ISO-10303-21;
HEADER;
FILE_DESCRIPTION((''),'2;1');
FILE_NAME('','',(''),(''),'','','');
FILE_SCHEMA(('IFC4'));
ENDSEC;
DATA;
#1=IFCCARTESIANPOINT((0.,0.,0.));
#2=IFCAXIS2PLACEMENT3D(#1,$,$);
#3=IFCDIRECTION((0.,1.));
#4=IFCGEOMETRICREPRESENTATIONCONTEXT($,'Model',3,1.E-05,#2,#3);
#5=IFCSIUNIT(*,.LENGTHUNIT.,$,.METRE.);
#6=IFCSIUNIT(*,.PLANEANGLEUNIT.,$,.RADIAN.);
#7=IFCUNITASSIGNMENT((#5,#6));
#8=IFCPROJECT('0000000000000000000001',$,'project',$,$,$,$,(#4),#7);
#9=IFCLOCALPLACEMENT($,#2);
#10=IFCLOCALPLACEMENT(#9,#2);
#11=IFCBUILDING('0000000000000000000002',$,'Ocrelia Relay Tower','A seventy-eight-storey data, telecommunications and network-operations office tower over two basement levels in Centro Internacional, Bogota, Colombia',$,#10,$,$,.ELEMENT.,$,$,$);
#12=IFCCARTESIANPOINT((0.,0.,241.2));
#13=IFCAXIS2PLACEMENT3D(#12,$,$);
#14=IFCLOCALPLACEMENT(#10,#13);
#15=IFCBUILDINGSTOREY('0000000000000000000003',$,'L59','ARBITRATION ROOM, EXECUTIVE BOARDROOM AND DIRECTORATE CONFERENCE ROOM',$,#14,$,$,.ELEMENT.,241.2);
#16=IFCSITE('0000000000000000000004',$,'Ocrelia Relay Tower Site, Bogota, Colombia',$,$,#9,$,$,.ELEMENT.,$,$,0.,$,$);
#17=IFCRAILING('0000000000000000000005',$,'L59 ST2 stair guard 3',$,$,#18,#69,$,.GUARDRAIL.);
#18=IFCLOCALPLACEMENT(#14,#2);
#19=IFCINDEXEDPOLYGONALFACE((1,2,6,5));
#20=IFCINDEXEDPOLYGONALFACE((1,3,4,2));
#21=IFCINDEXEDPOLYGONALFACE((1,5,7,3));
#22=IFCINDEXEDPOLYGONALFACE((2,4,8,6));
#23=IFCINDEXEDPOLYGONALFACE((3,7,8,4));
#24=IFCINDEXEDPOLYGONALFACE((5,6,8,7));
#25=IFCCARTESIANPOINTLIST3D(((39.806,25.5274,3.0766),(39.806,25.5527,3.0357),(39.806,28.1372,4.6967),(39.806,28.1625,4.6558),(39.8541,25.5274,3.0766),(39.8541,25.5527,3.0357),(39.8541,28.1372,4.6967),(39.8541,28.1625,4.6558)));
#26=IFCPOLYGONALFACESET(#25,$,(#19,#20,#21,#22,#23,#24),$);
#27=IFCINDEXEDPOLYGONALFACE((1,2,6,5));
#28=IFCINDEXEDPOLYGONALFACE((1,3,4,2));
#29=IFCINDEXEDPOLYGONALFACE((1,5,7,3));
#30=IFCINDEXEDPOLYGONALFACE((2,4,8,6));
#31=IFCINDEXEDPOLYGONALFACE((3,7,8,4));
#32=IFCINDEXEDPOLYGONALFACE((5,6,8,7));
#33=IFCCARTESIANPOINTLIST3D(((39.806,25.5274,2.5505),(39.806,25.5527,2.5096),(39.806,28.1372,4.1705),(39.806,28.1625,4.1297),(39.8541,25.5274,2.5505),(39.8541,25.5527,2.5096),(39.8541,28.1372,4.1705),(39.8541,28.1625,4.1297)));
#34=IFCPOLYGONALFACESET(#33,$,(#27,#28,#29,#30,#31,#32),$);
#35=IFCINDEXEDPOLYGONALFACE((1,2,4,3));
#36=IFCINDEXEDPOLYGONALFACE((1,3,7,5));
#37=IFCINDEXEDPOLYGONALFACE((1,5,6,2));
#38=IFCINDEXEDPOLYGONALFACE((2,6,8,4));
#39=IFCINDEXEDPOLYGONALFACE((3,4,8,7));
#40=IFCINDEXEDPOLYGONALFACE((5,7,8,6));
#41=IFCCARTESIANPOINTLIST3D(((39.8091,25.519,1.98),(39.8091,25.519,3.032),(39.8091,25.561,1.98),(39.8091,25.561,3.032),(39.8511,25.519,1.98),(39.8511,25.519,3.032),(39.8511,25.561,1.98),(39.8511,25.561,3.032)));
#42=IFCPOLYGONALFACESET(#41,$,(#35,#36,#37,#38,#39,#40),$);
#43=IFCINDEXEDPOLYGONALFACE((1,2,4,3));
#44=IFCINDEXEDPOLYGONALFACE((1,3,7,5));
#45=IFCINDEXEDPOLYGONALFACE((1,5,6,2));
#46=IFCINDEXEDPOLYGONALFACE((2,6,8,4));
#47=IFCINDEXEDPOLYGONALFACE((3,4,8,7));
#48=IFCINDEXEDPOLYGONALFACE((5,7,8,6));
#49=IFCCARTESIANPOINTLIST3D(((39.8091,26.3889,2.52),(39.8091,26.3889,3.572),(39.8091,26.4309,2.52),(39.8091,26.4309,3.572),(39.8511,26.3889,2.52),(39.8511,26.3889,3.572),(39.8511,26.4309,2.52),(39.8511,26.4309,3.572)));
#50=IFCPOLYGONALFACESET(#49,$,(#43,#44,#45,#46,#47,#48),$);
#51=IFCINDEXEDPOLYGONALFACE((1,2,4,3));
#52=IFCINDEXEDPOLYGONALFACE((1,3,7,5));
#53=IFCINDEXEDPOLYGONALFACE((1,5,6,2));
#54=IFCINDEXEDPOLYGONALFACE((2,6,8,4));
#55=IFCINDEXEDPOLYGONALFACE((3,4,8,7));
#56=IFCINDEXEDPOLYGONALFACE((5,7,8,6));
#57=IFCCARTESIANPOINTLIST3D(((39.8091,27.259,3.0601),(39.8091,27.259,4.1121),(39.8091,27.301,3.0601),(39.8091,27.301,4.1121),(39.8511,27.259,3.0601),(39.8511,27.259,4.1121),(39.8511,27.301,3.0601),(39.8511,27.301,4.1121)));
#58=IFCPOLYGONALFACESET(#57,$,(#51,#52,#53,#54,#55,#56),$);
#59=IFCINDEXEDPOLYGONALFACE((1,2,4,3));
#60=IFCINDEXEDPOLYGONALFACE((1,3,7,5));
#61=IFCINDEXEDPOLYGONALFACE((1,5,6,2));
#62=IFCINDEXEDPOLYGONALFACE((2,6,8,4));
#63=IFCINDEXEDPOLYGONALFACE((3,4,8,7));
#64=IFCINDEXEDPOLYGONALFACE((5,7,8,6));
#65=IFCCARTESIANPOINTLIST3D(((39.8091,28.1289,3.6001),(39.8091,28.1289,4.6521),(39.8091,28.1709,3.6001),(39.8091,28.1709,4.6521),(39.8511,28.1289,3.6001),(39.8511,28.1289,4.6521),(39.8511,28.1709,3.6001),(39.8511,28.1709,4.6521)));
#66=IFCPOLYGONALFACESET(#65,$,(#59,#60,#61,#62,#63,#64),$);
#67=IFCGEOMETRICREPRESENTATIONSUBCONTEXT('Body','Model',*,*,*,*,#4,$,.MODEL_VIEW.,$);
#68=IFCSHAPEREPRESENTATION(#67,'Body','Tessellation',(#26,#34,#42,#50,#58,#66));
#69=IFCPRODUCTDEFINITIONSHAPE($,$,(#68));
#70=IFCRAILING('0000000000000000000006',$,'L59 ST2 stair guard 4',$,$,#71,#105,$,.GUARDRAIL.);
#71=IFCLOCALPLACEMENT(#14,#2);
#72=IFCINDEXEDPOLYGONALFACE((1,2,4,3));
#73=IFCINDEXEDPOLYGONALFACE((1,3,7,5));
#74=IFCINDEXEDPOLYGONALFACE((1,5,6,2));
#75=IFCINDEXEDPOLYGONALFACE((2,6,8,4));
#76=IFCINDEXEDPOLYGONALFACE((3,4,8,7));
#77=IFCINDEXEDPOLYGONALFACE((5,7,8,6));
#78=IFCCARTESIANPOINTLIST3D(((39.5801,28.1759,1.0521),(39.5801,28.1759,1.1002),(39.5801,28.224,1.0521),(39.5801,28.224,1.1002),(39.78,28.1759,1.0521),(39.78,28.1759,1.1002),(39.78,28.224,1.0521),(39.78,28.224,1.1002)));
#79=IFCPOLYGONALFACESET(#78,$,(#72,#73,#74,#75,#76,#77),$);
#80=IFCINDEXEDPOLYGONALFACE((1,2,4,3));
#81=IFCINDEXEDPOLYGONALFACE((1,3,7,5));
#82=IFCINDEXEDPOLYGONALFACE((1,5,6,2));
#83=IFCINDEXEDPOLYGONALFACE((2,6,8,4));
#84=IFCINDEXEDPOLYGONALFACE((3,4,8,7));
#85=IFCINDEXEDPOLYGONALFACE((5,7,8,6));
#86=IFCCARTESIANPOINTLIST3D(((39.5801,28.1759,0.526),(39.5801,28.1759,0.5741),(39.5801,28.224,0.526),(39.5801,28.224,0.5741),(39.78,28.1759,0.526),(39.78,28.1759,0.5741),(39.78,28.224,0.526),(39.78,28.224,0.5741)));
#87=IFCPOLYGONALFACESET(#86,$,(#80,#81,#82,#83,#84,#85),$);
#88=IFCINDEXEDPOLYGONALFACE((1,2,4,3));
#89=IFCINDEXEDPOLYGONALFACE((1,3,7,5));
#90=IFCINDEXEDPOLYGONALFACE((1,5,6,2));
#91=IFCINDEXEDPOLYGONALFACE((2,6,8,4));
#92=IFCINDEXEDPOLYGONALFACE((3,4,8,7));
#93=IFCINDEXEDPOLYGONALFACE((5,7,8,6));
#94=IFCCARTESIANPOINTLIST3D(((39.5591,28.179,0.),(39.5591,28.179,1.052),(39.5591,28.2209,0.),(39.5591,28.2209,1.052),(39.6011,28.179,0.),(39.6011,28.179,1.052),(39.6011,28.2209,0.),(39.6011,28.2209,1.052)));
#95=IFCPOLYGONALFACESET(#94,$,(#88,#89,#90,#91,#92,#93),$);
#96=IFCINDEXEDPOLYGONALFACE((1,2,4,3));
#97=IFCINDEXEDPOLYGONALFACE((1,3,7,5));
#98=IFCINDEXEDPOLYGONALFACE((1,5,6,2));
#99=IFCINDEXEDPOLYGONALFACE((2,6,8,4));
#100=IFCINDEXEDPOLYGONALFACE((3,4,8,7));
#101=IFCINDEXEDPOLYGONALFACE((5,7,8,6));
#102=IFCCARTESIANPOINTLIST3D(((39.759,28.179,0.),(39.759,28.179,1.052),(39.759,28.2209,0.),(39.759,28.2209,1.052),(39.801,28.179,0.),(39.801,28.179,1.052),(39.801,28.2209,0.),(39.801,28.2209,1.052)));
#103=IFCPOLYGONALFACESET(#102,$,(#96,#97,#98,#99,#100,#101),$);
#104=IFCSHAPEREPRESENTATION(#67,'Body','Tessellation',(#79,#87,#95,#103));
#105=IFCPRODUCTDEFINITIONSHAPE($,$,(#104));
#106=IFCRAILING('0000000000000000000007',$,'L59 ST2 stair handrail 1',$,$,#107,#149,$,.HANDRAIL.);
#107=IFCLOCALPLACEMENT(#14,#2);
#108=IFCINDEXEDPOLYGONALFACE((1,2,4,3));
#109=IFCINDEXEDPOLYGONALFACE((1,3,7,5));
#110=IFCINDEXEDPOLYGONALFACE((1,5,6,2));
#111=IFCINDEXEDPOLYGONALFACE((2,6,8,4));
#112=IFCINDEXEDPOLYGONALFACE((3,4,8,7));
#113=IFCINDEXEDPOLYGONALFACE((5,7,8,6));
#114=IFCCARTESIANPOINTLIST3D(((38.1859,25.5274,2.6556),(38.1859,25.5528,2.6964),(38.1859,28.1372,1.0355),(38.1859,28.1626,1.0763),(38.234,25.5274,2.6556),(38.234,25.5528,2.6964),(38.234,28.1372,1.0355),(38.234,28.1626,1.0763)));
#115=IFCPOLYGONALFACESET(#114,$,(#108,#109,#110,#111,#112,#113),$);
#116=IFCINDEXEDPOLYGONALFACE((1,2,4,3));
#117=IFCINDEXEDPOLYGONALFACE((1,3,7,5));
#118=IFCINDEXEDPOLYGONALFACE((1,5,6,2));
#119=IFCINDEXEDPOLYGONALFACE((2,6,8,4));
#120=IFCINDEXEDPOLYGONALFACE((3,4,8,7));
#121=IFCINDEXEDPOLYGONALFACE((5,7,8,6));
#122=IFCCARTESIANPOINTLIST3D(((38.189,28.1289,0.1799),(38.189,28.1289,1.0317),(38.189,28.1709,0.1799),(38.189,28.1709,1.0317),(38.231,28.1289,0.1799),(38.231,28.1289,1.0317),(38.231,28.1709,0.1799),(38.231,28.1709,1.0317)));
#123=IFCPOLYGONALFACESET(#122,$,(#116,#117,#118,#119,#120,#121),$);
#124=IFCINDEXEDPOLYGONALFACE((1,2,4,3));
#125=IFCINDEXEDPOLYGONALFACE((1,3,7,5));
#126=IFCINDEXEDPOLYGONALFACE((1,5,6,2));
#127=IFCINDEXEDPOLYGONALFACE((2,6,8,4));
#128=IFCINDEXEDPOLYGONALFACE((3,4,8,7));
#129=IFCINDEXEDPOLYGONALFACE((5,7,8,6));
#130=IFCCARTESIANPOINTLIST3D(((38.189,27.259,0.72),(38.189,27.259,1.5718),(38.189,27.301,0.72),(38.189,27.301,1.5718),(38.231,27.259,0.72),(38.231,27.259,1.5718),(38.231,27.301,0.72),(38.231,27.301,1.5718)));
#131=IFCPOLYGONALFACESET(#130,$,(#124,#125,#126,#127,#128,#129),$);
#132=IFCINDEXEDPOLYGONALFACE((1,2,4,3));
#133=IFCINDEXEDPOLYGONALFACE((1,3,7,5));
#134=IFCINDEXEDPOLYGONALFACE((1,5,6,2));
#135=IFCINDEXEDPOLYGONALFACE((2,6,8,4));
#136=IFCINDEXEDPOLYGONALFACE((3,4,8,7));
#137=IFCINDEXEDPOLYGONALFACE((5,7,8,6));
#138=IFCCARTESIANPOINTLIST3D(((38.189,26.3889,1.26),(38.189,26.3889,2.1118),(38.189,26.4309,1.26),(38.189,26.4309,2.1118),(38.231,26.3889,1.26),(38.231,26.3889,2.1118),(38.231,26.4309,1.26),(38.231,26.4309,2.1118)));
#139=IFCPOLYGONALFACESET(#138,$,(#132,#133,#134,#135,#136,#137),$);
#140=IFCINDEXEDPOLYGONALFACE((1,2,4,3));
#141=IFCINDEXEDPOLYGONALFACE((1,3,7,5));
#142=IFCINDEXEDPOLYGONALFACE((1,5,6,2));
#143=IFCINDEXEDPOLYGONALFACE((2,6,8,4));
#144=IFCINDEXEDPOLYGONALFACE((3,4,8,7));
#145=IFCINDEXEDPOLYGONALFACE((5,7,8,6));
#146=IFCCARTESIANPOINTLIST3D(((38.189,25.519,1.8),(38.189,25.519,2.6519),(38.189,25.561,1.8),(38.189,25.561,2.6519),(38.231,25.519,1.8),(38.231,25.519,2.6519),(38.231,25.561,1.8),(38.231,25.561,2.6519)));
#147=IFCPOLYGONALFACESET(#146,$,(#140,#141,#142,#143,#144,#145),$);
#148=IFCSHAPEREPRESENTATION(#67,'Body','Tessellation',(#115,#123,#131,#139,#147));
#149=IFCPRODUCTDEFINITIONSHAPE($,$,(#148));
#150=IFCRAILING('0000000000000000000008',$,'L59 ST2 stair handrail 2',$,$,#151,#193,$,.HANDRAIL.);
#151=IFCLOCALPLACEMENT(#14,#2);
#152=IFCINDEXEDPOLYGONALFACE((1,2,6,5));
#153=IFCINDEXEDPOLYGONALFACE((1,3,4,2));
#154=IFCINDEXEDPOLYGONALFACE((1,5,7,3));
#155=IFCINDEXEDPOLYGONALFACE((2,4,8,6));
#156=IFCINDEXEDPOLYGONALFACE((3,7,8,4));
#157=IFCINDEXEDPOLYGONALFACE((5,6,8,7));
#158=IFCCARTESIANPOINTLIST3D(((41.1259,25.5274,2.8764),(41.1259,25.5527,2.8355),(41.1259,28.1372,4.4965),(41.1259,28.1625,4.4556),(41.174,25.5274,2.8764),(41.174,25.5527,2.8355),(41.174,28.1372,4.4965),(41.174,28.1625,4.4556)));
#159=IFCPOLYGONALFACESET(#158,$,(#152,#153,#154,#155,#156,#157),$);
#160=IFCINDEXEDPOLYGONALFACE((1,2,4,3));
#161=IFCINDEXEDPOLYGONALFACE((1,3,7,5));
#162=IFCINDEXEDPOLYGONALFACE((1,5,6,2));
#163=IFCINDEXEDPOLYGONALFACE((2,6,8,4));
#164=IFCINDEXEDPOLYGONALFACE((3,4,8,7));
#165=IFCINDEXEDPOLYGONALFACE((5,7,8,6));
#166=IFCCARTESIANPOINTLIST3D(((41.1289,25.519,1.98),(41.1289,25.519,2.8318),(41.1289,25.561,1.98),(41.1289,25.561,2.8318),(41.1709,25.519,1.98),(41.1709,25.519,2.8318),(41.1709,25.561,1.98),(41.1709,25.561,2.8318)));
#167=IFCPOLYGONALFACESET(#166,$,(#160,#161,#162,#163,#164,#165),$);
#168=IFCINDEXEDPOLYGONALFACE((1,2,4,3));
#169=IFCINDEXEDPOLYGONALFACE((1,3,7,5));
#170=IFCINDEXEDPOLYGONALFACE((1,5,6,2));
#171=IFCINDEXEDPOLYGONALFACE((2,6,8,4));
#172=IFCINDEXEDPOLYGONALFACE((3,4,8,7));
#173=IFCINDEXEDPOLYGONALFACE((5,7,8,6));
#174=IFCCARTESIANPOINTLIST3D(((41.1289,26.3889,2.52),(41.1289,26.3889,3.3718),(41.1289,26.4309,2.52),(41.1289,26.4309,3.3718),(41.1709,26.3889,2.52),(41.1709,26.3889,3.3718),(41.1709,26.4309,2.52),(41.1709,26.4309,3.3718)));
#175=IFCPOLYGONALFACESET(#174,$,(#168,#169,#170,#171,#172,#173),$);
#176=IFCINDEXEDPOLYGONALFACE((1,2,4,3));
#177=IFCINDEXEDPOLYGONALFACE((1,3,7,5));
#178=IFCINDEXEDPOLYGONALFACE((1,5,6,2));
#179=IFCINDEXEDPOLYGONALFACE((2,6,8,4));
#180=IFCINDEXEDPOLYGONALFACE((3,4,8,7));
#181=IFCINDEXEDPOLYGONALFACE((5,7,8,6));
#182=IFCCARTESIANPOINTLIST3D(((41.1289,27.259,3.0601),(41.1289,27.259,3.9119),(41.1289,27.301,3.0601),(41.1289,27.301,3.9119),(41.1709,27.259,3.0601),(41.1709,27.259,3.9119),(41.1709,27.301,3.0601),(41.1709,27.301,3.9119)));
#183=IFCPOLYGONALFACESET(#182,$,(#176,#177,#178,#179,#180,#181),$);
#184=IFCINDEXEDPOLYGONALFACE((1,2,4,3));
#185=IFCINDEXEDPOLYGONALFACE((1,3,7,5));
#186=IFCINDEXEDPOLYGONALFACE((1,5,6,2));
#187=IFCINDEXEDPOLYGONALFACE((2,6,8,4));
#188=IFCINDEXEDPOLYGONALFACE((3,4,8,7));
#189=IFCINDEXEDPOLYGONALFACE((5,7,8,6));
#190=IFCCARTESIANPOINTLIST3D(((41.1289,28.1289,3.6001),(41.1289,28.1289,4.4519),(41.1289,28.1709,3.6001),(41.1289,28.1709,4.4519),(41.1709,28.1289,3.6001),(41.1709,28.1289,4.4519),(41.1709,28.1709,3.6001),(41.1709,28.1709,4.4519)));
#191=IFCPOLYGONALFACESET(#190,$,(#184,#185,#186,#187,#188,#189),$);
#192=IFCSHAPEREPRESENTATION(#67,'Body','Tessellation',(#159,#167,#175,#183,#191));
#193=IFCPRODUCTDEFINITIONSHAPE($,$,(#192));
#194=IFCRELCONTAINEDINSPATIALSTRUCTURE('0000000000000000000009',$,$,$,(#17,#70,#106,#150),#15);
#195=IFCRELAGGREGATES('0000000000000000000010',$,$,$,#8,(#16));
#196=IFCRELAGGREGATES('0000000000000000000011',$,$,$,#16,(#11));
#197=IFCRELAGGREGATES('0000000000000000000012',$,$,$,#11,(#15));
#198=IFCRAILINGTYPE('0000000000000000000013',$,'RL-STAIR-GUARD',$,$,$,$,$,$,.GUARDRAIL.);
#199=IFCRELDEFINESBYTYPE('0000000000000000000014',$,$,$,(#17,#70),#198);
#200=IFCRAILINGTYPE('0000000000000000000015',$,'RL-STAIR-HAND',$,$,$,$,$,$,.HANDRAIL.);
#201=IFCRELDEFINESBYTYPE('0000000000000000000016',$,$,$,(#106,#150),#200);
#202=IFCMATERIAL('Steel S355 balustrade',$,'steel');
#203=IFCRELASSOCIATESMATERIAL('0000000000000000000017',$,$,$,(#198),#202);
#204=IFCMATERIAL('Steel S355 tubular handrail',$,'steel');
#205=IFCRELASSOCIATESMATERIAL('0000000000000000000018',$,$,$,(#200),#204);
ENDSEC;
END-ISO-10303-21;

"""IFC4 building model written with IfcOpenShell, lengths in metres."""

from ifc_helpers import new_model, si_unit, direction, frame, origin, origin_2d, place, context, subcontext, project, spatial, rectangle, extrude, material, type_object, element, save


model = new_model("IFC4")

# Units and contexts
model_context = context("Model", 3, precision=1e-05, world=origin(), true_north=direction((0.0, 1.0)))
body_context = subcontext(model_context, "Body", "Model", "MODEL_VIEW")
ifc_project = project(units=[si_unit("LENGTHUNIT", "METRE"), si_unit("PLANEANGLEUNIT", "RADIAN")], contexts=[model_context])

# Site, building, storey
site_placement = place(None, origin())
site = spatial("IfcSite", under=ifc_project, at=site_placement, Name="Ocrelia Relay Tower Site, Bogota, Colombia", CompositionType="ELEMENT", RefElevation=0.0)
building_placement = place(site_placement, origin())
building = spatial("IfcBuilding", under=site, at=building_placement, Name="Ocrelia Relay Tower", Description="A seventy-eight-storey data, telecommunications and network-operations office tower over two basement levels in Centro Internacional, Bogota, Colombia", CompositionType="ELEMENT")
storey_placement = place(building_placement, frame((0.0, 0.0, 241.2)))
storey = spatial("IfcBuildingStorey", under=building, at=storey_placement, Name="L59", Description="ARBITRATION ROOM, EXECUTIVE BOARDROOM AND DIRECTORATE CONFERENCE ROOM", CompositionType="ELEMENT", Elevation=241.2)

# Railings
ifc_material_1 = material(Name="Steel S355 balustrade", Category="steel")
railing_type_1 = type_object("IfcRailingType", Name="RL-STAIR-GUARD", PredefinedType="GUARDRAIL", material=ifc_material_1)
railing_1_placement = place(storey_placement, frame((39.8301, 25.54, 1.98)))
element("IfcRailing", 1, at=railing_1_placement, inside=storey, type_object=railing_type_1, Name="L59 ST2 stair guard 3", PredefinedType="GUARDRAIL", context=body_context, shape_type="SweptSolid", body=[
    extrude(rectangle(XDim=0.0481, YDim=0.0481, at=origin_2d()), frame((0.0, 0.0, 1.0762), z_axis=(0.0, 0.849611, 0.52741), x_axis=(-1.0, 0.0, 0.0)), (0.0, 0.0, 1.0), 3.0718),
    extrude(rectangle(XDim=0.0481, YDim=0.0481, at=origin_2d()), frame((0.0, 0.0, 0.55), z_axis=(0.0, 0.849611, 0.52741), x_axis=(-1.0, 0.0, 0.0)), (0.0, 0.0, 1.0), 3.0718),
    extrude(rectangle(XDim=0.042, YDim=0.042, at=origin_2d()), origin(), (0.0, 0.0, 1.0), 1.052),
    extrude(rectangle(XDim=0.042, YDim=0.042, at=origin_2d()), frame((0.0, 0.8699, 0.54)), (0.0, 0.0, 1.0), 1.052),
    extrude(rectangle(XDim=0.042, YDim=0.042, at=origin_2d()), frame((0.0, 1.74, 1.0801)), (0.0, 0.0, 1.0), 1.052),
    extrude(rectangle(XDim=0.042, YDim=0.042, at=origin_2d()), frame((0.0, 2.6099, 1.6201)), (0.0, 0.0, 1.0), 1.052),
])
railing_2_placement = place(storey_placement, frame((39.5801, 28.2, 0.0)))
element("IfcRailing", 2, at=railing_2_placement, inside=storey, type_object=railing_type_1, Name="L59 ST2 stair guard 4", PredefinedType="GUARDRAIL", context=body_context, shape_type="SweptSolid", body=[
    extrude(rectangle(XDim=0.0481, YDim=0.0481, at=origin_2d()), frame((0.0, 0.0, 1.0762), z_axis=(1.0, 0.0, 0.0), x_axis=(0.0, 1.0, 0.0)), (0.0, 0.0, 1.0), 0.2),
    extrude(rectangle(XDim=0.0481, YDim=0.0481, at=origin_2d()), frame((0.0, 0.0, 0.55), z_axis=(1.0, 0.0, 0.0), x_axis=(0.0, 1.0, 0.0)), (0.0, 0.0, 1.0), 0.2),
    extrude(rectangle(XDim=0.042, YDim=0.042, at=origin_2d()), origin(), (0.0, 0.0, 1.0), 1.052),
    extrude(rectangle(XDim=0.042, YDim=0.042, at=origin_2d()), frame((0.2, 0.0, 0.0)), (0.0, 0.0, 1.0), 1.052),
])
ifc_material_2 = material(Name="Steel S355 tubular handrail", Category="steel")
railing_type_2 = type_object("IfcRailingType", Name="RL-STAIR-HAND", PredefinedType="HANDRAIL", material=ifc_material_2)
railing_3_placement = place(storey_placement, frame((38.21, 28.1499, 0.1799)))
element("IfcRailing", 3, at=railing_3_placement, inside=storey, type_object=railing_type_2, Name="L59 ST2 stair handrail 1", PredefinedType="HANDRAIL", context=body_context, shape_type="SweptSolid", body=[
    extrude(rectangle(XDim=0.0481, YDim=0.0481, at=origin_2d()), frame((0.0, 0.0, 0.876), z_axis=(0.0, -0.849611, 0.52741), x_axis=(1.0, 0.0, 0.0)), (0.0, 0.0, 1.0), 3.0718),
    extrude(rectangle(XDim=0.042, YDim=0.042, at=origin_2d()), origin(), (0.0, 0.0, 1.0), 0.8518),
    extrude(rectangle(XDim=0.042, YDim=0.042, at=origin_2d()), frame((0.0, -0.8699, 0.54)), (0.0, 0.0, 1.0), 0.8518),
    extrude(rectangle(XDim=0.042, YDim=0.042, at=origin_2d()), frame((0.0, -1.74, 1.0801)), (0.0, 0.0, 1.0), 0.8518),
    extrude(rectangle(XDim=0.042, YDim=0.042, at=origin_2d()), frame((0.0, -2.6099, 1.6201)), (0.0, 0.0, 1.0), 0.8518),
])
railing_4_placement = place(storey_placement, frame((41.1499, 25.54, 1.98)))
element("IfcRailing", 4, at=railing_4_placement, inside=storey, type_object=railing_type_2, Name="L59 ST2 stair handrail 2", PredefinedType="HANDRAIL", context=body_context, shape_type="SweptSolid", body=[
    extrude(rectangle(XDim=0.0481, YDim=0.0481, at=origin_2d()), frame((0.0, 0.0, 0.876), z_axis=(0.0, 0.849611, 0.52741), x_axis=(-1.0, 0.0, 0.0)), (0.0, 0.0, 1.0), 3.0718),
    extrude(rectangle(XDim=0.042, YDim=0.042, at=origin_2d()), origin(), (0.0, 0.0, 1.0), 0.8518),
    extrude(rectangle(XDim=0.042, YDim=0.042, at=origin_2d()), frame((0.0, 0.8699, 0.54)), (0.0, 0.0, 1.0), 0.8518),
    extrude(rectangle(XDim=0.042, YDim=0.042, at=origin_2d()), frame((0.0, 1.74, 1.0801)), (0.0, 0.0, 1.0), 0.8518),
    extrude(rectangle(XDim=0.042, YDim=0.042, at=origin_2d()), frame((0.0, 2.6099, 1.6201)), (0.0, 0.0, 1.0), 0.8518),
])

save(model, "model.ifc")
